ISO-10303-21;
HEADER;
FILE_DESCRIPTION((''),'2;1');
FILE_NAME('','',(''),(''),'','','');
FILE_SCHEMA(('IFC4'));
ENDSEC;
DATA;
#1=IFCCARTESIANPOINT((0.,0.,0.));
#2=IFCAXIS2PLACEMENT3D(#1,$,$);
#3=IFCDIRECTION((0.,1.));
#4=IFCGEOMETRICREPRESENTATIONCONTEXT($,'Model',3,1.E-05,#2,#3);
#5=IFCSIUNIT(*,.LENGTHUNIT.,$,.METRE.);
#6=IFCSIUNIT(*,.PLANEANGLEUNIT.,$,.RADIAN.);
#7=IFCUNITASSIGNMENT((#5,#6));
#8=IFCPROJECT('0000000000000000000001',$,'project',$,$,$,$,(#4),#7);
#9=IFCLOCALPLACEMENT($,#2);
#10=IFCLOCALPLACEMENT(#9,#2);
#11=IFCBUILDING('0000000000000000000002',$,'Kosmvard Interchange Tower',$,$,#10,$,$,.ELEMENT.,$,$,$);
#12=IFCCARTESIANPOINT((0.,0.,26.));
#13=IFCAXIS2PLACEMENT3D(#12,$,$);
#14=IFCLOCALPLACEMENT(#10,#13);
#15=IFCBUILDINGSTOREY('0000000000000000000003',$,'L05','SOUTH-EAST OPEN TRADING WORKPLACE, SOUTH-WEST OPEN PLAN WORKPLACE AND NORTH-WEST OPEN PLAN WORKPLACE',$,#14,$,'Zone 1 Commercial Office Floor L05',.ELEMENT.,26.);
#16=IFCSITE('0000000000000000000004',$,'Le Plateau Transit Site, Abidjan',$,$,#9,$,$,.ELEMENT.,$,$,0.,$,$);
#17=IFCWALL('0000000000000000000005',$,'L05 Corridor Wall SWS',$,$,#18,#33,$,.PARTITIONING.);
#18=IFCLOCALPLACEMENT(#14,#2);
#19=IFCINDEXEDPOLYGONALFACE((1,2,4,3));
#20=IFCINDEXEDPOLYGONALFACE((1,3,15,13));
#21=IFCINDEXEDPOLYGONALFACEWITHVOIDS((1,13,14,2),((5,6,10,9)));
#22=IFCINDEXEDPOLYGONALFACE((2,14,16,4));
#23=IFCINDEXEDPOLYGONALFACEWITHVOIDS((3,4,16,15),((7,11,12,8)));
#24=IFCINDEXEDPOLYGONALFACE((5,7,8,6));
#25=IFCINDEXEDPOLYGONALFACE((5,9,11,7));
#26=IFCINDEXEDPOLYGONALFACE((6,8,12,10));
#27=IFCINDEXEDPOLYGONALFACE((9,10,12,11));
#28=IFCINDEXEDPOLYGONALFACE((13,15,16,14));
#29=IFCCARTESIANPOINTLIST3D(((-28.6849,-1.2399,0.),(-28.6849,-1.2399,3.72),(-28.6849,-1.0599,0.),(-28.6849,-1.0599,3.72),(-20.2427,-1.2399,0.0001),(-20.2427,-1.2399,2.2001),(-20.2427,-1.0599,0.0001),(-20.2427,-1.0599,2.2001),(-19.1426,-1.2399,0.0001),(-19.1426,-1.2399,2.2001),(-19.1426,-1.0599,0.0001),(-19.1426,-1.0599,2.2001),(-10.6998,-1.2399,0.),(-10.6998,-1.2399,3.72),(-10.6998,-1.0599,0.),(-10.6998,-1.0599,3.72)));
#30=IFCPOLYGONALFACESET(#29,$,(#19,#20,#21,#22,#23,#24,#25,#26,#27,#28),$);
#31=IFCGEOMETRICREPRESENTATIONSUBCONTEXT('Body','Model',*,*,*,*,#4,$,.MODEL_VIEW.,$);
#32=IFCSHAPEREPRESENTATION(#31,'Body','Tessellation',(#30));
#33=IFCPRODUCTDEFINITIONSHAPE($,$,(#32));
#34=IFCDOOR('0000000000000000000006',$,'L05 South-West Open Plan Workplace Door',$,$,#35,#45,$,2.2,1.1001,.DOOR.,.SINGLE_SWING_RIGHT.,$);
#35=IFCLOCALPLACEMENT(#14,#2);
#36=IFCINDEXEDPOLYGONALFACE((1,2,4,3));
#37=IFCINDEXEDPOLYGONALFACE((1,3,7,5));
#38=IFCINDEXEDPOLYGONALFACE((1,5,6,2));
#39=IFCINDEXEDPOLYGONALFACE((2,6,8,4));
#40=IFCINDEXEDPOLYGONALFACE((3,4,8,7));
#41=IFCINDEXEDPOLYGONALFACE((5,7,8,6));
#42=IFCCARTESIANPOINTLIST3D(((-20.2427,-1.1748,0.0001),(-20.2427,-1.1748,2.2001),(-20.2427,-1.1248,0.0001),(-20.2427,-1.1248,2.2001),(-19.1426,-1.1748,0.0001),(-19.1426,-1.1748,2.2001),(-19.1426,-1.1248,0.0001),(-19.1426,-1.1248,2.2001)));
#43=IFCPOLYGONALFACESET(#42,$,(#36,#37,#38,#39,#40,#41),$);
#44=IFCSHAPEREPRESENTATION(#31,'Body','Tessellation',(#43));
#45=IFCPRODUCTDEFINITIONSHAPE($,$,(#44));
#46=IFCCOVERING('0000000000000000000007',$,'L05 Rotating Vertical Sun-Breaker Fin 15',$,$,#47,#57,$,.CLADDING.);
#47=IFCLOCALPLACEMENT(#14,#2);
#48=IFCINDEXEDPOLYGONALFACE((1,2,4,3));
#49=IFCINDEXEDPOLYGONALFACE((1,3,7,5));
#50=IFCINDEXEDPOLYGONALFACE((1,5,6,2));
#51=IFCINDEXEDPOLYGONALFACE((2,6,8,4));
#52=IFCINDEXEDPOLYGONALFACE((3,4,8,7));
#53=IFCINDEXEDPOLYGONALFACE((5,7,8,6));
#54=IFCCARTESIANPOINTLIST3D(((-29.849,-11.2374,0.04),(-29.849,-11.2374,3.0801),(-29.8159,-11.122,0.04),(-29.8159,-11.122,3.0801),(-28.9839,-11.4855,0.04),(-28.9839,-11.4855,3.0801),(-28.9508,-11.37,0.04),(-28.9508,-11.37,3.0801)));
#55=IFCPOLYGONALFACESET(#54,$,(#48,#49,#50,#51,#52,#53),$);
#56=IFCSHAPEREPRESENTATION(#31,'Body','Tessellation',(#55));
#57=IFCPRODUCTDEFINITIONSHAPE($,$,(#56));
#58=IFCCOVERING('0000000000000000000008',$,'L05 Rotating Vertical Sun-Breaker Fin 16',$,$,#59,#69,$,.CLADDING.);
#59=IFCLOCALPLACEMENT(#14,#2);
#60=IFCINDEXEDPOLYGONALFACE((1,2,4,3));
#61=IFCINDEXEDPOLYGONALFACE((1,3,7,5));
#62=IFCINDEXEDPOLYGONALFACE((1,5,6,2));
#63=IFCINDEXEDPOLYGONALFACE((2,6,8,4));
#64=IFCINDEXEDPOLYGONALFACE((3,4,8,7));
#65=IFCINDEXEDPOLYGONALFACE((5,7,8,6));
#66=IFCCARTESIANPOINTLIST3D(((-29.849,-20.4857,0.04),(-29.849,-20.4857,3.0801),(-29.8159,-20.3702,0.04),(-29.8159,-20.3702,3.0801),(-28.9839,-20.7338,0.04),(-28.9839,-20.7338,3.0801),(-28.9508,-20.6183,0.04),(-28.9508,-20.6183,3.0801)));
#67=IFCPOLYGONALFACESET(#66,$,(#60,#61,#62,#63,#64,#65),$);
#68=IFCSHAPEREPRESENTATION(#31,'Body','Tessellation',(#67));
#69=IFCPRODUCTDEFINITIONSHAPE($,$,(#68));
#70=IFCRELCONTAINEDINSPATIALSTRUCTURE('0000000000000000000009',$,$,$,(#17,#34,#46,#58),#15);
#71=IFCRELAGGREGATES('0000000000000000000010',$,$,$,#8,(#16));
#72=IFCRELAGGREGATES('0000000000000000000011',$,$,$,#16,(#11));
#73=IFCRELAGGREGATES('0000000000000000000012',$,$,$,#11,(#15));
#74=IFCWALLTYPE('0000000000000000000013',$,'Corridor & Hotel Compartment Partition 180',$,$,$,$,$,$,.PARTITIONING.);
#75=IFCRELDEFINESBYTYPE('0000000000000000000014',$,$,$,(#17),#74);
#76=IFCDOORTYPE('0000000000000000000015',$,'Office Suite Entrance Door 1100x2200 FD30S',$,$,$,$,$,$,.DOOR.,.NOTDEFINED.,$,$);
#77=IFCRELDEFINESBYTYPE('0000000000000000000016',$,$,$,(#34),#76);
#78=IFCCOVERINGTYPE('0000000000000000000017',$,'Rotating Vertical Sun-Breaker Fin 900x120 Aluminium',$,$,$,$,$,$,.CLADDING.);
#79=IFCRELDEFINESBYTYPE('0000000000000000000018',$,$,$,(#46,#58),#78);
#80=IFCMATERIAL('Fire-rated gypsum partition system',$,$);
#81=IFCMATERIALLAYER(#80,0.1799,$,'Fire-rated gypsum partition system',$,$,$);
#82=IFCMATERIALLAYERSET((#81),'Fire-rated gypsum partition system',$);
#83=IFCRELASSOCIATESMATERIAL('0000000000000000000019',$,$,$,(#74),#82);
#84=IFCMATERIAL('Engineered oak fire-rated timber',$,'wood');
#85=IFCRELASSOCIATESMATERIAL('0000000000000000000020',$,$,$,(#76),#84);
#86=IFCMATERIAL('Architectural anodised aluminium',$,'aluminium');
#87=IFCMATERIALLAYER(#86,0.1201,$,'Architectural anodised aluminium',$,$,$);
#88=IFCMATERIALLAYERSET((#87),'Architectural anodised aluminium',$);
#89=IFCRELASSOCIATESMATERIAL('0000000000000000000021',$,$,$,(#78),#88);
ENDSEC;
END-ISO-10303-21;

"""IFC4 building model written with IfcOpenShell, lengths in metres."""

from ifc_helpers import new_model, si_unit, direction, frame, frame_2d, origin, origin_2d, place, context, subcontext, project, spatial, rectangle, extrude, source, transform, mapped, material, layer, layer_set, type_object, element, fill, save


model = new_model("IFC4")

# Units and contexts
model_context = context("Model", 3, precision=1e-05, world=origin(), true_north=direction((0.0, 1.0)))
body_context = subcontext(model_context, "Body", "Model", "MODEL_VIEW")
ifc_project = project(units=[si_unit("LENGTHUNIT", "METRE"), si_unit("PLANEANGLEUNIT", "RADIAN")], contexts=[model_context])

# Site, building, storey
site_placement = place(None, origin())
site = spatial("IfcSite", under=ifc_project, at=site_placement, Name="Le Plateau Transit Site, Abidjan", CompositionType="ELEMENT", RefElevation=0.0)
building_placement = place(site_placement, origin())
building = spatial("IfcBuilding", under=site, at=building_placement, Name="Kosmvard Interchange Tower", CompositionType="ELEMENT")
storey_placement = place(building_placement, frame((0.0, 0.0, 26.0)))
storey = spatial("IfcBuildingStorey", under=building, at=storey_placement, Name="L05", Description="SOUTH-EAST OPEN TRADING WORKPLACE, SOUTH-WEST OPEN PLAN WORKPLACE AND NORTH-WEST OPEN PLAN WORKPLACE", LongName="Zone 1 Commercial Office Floor L05", CompositionType="ELEMENT", Elevation=26.0)

# Shared definitions
ifc_material_1 = material(Name="Fire-rated gypsum partition system")
ifc_layer_1 = layer(ifc_material_1, 0.1799, Name="Fire-rated gypsum partition system")
ifc_layer_set_1 = layer_set([ifc_layer_1], Name="Fire-rated gypsum partition system")
wall_type = type_object("IfcWallType", Name="Corridor & Hotel Compartment Partition 180", PredefinedType="PARTITIONING", material=ifc_layer_set_1)

# Wall, opening, door
wall_1_placement = place(storey_placement, frame((-28.6851, -1.1499, 0.0), z_axis=(0.0, 0.0, 1.0), x_axis=(1.0, 0.0, 0.0)))
wall_1 = element("IfcWall", 1, at=wall_1_placement, inside=storey, type_object=wall_type, Name="L05 Corridor Wall SWS", PredefinedType="PARTITIONING", context=body_context, shape_type="SweptSolid", body=[
    extrude(rectangle(XDim=17.9851, YDim=0.1799, at=frame_2d((8.9927, 0.0))), origin(), (0.0, 0.0, 1.0), 3.72),
])
opening_1_placement = place(wall_1_placement, frame((8.4424, 0.0, 0.0)))
opening_1 = element("IfcOpeningElement", 2, at=opening_1_placement, cuts=wall_1, PredefinedType="OPENING", context=body_context, shape_type="SweptSolid", body=[
    extrude(rectangle(XDim=1.1001, YDim=2.2, at=frame_2d((0.55, 1.1001))), frame((0.0, 0.1001, 0.0), z_axis=(0.0, -1.0, 0.0), x_axis=(1.0, 0.0, 0.0)), (0.0, 0.0, 1.0), 0.2),
])
ifc_material_2 = material(Name="Engineered oak fire-rated timber", Category="wood")
door_type_1 = type_object("IfcDoorType", Name="Office Suite Entrance Door 1100x2200 FD30S", OperationType="NOTDEFINED", PredefinedType="DOOR", material=ifc_material_2)
shared_shape_1 = source(origin(), body_context, "Body", "SweptSolid", [
    extrude(rectangle(XDim=1.1001, YDim=2.2, at=frame_2d((0.55, 1.1001))), frame((0.0, 0.0249, 0.0), z_axis=(0.0, -1.0, 0.0), x_axis=(1.0, 0.0, 0.0)), (0.0, 0.0, 1.0), 0.05),
])
door_1_placement = place(opening_1_placement, frame((1.1001, 0.0, 0.0), z_axis=(0.0, 0.0, 1.0), x_axis=(-1.0, 0.0, 0.0)))
door_1 = element("IfcDoor", 3, at=door_1_placement, inside=storey, type_object=door_type_1, Name="L05 South-West Open Plan Workplace Door", OperationType="SINGLE_SWING_RIGHT", OverallHeight=2.2, OverallWidth=1.1001, PredefinedType="DOOR", context=body_context, shape_type="MappedRepresentation", body=[
    mapped(shared_shape_1, transform((0.0, 0.0, 0.0), scale=1.0)),
])
fill(opening_1, door_1)

# Coverings
ifc_material_3 = material(Name="Architectural anodised aluminium", Category="aluminium")
ifc_layer_2 = layer(ifc_material_3, 0.1201, Name="Architectural anodised aluminium")
ifc_layer_set_2 = layer_set([ifc_layer_2], Name="Architectural anodised aluminium")
covering_type = type_object("IfcCoveringType", Name="Rotating Vertical Sun-Breaker Fin 900x120 Aluminium", PredefinedType="CLADDING", material=ifc_layer_set_2)
shared_shape_2 = source(origin(), body_context, "Body", "SweptSolid", [
    extrude(rectangle(XDim=0.8999, YDim=0.1201, at=origin_2d()), origin(), (0.0, 0.0, 1.0), 3.04),
])
for number, where, z_axis, x_axis, name in (
    (4, (-29.3999, -11.3037, 0.04), (0.0, 0.0, 1.0), (-0.961262, 0.275637, 0.0), "L05 Rotating Vertical Sun-Breaker Fin 15"),
    (5, (-29.3999, -20.552, 0.04), (0.0, 0.0, 1.0), (-0.961262, 0.275637, 0.0), "L05 Rotating Vertical Sun-Breaker Fin 16"),
):
    element("IfcCovering", number, at=place(storey_placement, frame(where, z_axis=z_axis, x_axis=x_axis)), inside=storey, type_object=covering_type, Name=name, PredefinedType="CLADDING", context=body_context, shape_type="MappedRepresentation", body=[
        mapped(shared_shape_2, transform((0.0, 0.0, 0.0), scale=1.0)),
    ])

save(model, "model.ifc")
